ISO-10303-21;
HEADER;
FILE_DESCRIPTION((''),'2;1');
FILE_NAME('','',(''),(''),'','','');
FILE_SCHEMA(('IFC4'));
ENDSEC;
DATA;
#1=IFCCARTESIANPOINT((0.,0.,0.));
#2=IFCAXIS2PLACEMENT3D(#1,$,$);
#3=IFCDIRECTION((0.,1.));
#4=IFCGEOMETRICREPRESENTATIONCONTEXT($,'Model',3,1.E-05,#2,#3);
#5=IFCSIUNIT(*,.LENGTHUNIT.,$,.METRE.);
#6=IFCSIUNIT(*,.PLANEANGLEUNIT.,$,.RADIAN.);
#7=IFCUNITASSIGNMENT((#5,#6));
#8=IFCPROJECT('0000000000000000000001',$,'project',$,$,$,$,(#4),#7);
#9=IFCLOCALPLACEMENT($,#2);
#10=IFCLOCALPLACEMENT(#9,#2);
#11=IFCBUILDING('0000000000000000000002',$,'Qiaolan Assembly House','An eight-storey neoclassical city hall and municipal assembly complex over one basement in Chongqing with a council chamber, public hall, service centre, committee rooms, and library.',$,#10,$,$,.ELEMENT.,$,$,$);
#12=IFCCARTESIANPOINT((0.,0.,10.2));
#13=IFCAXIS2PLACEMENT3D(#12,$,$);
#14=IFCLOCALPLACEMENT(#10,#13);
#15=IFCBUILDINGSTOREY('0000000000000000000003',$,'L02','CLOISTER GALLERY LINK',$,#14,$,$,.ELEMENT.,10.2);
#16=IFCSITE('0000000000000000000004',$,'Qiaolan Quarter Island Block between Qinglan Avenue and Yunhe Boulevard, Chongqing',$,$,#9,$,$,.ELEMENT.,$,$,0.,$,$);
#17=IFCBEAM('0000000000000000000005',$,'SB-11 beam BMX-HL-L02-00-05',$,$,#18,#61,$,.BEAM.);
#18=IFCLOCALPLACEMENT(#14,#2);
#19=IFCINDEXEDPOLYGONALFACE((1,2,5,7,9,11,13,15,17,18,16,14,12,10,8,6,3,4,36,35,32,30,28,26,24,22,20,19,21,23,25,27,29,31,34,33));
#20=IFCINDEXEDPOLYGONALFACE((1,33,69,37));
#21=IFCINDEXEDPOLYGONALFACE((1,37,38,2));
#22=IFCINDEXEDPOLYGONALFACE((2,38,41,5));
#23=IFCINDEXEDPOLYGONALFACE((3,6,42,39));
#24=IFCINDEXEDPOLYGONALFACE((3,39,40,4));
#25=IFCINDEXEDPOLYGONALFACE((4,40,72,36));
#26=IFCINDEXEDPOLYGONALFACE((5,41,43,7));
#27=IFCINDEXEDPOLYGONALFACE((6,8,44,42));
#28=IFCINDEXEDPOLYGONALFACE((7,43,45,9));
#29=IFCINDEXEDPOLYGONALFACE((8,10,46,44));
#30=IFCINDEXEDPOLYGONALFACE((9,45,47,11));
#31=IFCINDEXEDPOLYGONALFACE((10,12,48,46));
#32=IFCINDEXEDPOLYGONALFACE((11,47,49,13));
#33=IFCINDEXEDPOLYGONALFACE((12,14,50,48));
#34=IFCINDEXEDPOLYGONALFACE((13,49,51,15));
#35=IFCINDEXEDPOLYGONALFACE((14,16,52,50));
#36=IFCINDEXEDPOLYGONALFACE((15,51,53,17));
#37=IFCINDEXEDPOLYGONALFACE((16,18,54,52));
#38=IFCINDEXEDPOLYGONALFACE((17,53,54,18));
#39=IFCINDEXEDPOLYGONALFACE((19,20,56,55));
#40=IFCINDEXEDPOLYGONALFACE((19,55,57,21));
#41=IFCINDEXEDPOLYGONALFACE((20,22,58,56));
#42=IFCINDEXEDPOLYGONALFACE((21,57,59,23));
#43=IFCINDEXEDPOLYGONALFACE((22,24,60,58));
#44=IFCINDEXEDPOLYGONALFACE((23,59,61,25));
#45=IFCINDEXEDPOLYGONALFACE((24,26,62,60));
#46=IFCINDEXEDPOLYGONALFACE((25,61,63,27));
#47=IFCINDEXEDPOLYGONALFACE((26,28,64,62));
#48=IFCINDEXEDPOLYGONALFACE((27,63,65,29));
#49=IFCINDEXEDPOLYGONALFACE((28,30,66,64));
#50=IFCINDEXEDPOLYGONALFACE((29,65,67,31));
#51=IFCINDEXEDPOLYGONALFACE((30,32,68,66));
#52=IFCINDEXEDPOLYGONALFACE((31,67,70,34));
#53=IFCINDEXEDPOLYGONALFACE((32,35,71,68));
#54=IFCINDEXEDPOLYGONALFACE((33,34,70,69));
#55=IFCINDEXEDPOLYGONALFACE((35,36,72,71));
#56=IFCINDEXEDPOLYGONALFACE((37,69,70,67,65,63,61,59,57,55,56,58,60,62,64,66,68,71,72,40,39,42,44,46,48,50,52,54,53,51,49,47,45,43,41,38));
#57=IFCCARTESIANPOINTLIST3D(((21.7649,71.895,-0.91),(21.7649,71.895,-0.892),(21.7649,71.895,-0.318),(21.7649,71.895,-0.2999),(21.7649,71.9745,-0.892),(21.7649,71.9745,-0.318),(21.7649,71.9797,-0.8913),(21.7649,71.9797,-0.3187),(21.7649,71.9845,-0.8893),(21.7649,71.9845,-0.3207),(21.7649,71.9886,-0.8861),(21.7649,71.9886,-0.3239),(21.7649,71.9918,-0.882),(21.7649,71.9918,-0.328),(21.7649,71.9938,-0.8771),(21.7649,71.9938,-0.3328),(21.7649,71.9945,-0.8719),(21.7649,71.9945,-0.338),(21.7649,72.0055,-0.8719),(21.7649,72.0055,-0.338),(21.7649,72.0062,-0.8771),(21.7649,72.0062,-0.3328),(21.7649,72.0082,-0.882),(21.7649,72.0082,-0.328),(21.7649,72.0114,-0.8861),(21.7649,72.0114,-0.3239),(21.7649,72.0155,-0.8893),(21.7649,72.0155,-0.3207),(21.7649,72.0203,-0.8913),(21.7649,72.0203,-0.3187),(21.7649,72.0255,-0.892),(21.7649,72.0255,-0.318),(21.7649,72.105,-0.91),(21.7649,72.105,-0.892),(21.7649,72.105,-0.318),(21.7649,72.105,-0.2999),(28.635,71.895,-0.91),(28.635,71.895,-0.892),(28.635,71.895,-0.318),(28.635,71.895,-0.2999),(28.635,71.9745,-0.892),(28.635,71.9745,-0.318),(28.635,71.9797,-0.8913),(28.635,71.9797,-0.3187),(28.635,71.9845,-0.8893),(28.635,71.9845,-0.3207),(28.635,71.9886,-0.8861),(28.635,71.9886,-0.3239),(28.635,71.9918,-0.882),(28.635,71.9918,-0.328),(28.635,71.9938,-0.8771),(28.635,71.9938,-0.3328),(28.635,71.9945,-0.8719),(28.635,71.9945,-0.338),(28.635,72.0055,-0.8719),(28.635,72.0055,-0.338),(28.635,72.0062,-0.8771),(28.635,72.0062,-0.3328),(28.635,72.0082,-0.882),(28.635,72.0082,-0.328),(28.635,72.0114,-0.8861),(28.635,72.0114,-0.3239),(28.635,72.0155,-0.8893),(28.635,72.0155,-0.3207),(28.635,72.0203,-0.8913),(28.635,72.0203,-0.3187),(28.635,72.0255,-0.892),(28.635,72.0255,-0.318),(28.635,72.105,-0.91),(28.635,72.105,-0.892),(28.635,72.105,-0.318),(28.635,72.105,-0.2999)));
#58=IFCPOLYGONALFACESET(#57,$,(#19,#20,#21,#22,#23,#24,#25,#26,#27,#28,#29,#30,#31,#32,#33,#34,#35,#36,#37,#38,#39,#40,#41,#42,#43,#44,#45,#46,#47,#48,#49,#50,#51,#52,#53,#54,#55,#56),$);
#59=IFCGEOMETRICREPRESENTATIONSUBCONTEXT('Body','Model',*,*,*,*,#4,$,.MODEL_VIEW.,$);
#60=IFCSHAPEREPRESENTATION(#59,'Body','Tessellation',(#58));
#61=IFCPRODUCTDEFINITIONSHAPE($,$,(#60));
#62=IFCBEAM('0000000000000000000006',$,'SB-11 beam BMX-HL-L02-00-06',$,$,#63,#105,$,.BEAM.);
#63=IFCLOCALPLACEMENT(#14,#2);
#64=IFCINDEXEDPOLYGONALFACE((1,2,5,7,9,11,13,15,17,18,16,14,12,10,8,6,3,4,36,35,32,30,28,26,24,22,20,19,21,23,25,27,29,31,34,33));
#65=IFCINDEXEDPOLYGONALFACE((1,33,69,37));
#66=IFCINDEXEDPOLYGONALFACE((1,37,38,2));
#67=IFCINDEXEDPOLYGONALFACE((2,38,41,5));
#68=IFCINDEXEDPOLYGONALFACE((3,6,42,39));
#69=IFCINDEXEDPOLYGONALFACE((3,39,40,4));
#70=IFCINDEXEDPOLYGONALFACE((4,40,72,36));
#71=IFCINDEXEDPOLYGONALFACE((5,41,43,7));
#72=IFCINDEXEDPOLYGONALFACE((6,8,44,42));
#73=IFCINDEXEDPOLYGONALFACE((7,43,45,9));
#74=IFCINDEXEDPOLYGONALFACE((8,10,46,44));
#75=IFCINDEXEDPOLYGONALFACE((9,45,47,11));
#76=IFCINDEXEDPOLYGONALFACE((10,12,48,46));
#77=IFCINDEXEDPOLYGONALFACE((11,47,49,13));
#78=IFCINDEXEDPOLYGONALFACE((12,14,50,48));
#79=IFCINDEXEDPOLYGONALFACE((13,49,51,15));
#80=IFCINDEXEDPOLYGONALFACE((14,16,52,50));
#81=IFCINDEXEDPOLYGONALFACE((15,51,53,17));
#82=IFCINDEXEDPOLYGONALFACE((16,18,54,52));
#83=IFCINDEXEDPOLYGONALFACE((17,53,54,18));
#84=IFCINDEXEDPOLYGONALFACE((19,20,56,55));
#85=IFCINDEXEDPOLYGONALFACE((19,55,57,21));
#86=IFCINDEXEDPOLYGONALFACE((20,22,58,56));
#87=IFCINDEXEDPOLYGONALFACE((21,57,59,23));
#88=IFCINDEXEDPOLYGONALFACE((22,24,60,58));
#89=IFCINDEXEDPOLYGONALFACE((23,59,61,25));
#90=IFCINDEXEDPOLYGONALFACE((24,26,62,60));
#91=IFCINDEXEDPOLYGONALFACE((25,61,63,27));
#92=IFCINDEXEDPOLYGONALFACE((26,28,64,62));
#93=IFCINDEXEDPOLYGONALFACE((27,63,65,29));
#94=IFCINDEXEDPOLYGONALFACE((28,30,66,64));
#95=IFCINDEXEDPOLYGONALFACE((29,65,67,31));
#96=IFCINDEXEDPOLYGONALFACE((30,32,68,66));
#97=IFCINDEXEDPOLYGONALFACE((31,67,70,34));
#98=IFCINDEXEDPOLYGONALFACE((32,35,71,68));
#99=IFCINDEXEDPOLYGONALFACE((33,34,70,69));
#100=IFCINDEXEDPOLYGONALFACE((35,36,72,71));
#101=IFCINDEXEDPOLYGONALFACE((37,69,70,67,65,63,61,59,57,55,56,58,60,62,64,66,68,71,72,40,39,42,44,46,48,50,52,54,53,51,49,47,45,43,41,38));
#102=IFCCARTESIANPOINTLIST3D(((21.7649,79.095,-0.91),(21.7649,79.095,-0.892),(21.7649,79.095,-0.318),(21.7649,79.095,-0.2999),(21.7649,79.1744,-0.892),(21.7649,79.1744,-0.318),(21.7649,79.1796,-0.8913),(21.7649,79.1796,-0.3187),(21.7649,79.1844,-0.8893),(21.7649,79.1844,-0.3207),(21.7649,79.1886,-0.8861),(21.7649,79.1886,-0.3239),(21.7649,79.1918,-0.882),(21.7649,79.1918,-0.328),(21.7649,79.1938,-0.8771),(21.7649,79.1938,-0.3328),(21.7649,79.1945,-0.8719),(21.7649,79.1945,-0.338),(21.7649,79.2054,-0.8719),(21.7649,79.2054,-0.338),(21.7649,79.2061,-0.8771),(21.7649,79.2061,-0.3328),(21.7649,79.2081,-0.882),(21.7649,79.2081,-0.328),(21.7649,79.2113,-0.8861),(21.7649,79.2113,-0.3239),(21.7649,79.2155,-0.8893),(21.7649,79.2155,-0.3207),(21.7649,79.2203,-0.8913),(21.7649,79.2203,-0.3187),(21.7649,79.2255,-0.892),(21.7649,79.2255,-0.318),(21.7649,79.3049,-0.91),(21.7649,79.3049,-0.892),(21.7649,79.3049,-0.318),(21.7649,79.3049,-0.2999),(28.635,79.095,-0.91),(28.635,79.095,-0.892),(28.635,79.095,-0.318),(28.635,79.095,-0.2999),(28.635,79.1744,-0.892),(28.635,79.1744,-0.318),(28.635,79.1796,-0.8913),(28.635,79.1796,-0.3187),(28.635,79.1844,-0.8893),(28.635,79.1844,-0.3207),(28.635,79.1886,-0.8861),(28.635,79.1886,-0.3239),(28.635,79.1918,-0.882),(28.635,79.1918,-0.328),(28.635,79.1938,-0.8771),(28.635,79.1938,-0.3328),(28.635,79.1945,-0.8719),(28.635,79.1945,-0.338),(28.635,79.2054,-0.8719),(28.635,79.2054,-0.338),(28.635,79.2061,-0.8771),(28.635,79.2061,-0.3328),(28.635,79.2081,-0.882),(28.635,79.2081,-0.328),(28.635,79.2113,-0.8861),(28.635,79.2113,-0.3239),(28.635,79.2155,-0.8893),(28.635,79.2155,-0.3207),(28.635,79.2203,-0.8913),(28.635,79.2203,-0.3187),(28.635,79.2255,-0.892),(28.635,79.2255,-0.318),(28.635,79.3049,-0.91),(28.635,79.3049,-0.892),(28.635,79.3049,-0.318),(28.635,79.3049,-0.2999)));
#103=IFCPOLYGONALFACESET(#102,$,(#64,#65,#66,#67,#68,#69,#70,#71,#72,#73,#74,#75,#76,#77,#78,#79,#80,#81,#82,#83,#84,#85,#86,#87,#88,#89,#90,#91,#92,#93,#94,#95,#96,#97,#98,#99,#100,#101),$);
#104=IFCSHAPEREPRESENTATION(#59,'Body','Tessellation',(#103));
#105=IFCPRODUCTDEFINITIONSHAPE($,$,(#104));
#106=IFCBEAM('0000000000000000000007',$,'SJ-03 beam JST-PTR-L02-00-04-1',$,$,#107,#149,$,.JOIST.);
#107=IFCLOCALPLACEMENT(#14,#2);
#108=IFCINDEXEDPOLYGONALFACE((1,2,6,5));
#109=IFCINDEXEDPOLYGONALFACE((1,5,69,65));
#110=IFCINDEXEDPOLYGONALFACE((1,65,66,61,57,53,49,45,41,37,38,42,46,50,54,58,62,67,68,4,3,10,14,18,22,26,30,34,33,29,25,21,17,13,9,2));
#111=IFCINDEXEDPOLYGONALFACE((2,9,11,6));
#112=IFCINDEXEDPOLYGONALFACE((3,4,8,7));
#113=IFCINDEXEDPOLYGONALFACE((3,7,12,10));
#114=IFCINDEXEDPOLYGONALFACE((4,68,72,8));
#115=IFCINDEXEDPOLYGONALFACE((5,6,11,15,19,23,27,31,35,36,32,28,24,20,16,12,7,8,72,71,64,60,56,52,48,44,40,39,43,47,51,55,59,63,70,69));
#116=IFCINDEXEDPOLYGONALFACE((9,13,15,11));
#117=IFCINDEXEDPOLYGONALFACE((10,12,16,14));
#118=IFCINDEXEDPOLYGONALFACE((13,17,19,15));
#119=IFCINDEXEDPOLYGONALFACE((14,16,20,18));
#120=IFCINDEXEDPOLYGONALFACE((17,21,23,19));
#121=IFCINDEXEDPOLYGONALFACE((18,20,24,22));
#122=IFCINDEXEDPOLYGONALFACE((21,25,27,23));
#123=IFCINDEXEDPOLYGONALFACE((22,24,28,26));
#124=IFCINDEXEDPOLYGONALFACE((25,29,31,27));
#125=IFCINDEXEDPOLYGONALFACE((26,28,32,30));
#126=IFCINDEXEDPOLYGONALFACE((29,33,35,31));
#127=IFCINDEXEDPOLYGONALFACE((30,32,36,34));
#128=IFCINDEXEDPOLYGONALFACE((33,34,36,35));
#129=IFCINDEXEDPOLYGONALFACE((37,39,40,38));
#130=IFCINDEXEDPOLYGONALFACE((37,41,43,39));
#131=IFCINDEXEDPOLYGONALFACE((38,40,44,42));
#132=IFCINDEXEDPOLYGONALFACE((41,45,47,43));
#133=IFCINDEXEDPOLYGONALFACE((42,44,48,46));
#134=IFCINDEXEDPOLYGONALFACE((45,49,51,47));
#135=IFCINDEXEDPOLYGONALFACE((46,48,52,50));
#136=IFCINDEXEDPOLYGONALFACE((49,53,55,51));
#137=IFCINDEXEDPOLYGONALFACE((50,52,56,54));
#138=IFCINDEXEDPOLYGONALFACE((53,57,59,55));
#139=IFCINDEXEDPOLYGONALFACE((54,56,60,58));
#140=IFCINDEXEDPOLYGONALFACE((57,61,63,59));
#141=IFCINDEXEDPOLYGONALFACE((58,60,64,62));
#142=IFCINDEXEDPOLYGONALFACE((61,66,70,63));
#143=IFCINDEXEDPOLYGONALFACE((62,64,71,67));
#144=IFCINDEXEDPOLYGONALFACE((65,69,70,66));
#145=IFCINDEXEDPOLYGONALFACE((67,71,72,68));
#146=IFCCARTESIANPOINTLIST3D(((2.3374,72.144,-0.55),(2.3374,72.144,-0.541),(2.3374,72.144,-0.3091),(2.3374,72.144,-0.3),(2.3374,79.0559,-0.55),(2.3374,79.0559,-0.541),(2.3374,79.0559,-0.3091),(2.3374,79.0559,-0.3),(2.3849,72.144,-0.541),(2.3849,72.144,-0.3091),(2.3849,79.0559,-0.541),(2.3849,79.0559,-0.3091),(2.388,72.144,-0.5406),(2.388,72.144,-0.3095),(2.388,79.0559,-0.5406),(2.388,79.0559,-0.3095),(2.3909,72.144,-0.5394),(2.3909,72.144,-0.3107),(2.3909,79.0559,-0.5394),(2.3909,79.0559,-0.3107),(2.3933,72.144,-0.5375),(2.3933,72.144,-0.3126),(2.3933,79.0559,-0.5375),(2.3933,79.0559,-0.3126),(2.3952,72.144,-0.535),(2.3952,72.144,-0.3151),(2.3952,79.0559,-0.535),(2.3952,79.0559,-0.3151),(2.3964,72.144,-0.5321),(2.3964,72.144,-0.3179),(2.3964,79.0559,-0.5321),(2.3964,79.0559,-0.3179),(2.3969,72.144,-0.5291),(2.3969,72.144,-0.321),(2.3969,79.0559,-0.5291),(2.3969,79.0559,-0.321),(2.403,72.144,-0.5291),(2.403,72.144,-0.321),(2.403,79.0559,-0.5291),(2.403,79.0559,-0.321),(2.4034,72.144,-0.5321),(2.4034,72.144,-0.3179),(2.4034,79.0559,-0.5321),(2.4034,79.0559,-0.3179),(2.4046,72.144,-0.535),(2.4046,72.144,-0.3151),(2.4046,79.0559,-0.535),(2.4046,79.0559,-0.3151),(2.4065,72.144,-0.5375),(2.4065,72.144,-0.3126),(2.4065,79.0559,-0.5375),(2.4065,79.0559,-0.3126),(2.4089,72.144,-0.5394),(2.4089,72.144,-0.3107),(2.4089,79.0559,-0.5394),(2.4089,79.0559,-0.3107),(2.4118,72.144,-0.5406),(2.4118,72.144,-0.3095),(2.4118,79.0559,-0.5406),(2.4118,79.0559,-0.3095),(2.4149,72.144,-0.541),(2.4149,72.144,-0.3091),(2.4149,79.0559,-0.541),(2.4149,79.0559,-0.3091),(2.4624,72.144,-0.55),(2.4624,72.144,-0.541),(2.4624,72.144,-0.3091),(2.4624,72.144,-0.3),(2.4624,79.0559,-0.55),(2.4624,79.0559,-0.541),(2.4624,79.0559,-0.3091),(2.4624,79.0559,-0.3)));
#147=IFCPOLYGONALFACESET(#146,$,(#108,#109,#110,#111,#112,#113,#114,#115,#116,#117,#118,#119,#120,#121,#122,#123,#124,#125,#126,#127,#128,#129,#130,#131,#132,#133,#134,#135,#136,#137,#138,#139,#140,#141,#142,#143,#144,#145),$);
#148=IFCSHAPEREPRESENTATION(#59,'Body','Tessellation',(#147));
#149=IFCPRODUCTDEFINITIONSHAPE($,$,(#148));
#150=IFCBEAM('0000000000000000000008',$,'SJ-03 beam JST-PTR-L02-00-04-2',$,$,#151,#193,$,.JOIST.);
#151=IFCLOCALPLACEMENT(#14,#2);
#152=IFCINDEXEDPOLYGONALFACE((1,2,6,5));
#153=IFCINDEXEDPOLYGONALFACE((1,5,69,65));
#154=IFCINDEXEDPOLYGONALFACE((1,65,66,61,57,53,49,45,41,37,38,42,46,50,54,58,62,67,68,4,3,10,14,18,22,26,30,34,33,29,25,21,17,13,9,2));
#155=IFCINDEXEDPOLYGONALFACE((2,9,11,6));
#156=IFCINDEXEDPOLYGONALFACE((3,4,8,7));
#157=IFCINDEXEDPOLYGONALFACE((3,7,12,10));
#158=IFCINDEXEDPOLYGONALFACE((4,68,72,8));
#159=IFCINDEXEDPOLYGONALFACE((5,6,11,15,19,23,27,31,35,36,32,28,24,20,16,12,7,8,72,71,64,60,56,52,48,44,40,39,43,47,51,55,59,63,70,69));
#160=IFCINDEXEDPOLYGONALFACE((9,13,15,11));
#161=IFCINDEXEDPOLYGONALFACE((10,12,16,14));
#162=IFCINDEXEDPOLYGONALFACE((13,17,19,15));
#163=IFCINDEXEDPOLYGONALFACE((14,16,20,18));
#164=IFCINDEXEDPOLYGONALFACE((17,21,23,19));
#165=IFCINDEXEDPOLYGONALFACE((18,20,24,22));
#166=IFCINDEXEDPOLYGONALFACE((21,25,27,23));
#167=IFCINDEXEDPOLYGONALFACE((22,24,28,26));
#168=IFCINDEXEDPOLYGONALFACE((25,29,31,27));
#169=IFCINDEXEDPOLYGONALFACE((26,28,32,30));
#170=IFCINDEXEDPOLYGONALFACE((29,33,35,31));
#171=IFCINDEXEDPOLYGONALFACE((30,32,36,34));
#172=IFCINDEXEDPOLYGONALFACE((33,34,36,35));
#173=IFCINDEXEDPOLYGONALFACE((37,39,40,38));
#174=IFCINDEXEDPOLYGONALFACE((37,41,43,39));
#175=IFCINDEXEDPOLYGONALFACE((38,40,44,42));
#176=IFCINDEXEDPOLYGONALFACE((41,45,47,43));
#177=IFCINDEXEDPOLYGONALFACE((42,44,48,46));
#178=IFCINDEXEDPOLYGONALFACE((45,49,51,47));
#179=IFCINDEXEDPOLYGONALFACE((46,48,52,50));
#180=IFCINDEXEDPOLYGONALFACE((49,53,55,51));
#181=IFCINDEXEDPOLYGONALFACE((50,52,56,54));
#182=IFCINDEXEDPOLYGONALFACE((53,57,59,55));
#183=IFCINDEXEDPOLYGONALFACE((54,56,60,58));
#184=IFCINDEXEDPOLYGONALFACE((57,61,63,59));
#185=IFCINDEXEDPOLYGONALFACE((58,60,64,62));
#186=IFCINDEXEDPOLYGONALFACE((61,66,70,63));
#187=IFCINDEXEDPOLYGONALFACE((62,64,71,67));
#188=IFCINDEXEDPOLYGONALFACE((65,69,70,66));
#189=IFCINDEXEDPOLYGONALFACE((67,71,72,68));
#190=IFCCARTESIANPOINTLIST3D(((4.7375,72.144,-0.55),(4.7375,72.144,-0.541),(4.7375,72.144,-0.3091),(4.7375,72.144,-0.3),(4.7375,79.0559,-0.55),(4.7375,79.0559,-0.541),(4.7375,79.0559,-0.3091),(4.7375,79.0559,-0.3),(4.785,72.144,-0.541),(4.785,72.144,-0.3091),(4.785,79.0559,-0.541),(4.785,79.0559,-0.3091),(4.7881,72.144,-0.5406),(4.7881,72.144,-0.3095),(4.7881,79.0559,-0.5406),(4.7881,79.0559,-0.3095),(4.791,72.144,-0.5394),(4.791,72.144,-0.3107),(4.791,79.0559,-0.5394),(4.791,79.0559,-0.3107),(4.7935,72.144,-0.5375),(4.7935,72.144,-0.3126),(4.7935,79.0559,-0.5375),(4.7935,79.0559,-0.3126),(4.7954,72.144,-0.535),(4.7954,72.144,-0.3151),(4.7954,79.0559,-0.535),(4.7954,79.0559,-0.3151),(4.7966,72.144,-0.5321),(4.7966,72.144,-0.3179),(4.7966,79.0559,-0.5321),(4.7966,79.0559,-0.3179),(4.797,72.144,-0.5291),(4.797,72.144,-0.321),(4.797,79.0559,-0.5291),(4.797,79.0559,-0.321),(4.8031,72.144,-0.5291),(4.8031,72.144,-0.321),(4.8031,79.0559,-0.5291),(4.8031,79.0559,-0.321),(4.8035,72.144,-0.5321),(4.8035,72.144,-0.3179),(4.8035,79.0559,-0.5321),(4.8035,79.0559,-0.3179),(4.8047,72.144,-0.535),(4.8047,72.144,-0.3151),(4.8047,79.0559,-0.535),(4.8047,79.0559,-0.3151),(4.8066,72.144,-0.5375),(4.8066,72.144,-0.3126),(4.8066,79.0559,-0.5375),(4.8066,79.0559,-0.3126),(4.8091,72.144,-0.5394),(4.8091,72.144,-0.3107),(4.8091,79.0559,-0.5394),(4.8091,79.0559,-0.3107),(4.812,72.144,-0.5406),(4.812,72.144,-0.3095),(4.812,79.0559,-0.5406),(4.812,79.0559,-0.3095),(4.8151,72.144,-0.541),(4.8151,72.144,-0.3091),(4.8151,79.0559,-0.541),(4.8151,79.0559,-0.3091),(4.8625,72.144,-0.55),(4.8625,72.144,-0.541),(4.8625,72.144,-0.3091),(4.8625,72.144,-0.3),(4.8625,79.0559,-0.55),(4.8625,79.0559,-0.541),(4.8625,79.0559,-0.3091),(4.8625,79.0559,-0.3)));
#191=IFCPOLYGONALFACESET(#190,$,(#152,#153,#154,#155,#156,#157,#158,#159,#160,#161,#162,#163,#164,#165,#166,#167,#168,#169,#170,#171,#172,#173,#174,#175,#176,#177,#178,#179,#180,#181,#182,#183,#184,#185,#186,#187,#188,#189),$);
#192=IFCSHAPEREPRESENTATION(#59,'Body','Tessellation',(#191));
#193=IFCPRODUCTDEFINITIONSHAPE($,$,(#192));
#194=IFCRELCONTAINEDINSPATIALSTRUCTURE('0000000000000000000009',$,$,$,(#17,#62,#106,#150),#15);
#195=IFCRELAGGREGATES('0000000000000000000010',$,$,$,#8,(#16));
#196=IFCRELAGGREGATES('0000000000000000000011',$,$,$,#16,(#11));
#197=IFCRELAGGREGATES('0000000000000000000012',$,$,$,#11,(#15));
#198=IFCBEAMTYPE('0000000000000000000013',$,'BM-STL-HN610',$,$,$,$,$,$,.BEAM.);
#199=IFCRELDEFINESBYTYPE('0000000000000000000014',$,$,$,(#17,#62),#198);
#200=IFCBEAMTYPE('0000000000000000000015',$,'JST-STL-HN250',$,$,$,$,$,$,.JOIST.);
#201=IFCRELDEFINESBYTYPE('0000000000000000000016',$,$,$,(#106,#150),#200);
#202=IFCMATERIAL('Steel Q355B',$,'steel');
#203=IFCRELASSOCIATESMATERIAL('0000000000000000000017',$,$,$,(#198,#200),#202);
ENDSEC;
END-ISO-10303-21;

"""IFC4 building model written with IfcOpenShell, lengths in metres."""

from ifc_helpers import new_model, si_unit, direction, frame, origin, origin_2d, place, context, subcontext, project, spatial, i_section, extrude, material, material_profile, profile_set, type_object, element, save


model = new_model("IFC4")

# Units and contexts
model_context = context("Model", 3, precision=1e-05, world=origin(), true_north=direction((0.0, 1.0)))
body_context = subcontext(model_context, "Body", "Model", "MODEL_VIEW")
ifc_project = project(units=[si_unit("LENGTHUNIT", "METRE"), si_unit("PLANEANGLEUNIT", "RADIAN")], contexts=[model_context])

# Site, building, storey
site_placement = place(None, origin())
site = spatial("IfcSite", under=ifc_project, at=site_placement, Name="Qiaolan Quarter Island Block between Qinglan Avenue and Yunhe Boulevard, Chongqing", CompositionType="ELEMENT", RefElevation=0.0)
building_placement = place(site_placement, origin())
building = spatial("IfcBuilding", under=site, at=building_placement, Name="Qiaolan Assembly House", Description="An eight-storey neoclassical city hall and municipal assembly complex over one basement in Chongqing with a council chamber, public hall, service centre, committee rooms, and library.", CompositionType="ELEMENT")
storey_placement = place(building_placement, frame((0.0, 0.0, 10.2)))
storey = spatial("IfcBuildingStorey", under=building, at=storey_placement, Name="L02", Description="CLOISTER GALLERY LINK", CompositionType="ELEMENT", Elevation=10.2)

# Shared definitions
ifc_material_1 = material(Name="Steel Q355B", Category="steel")

# Beams
ifc_material_profile_1 = material_profile(ifc_material_1, i_section(OverallWidth=0.21, OverallDepth=0.6101, WebThickness=0.011, FlangeThickness=0.0181, FilletRadius=0.02, at=origin_2d()), Name="HN 610x210x11x18")
ifc_profile_set_1 = profile_set([ifc_material_profile_1], Name="Steel Q355B")
beam_type_1 = type_object("IfcBeamType", Name="BM-STL-HN610", PredefinedType="BEAM", material=ifc_profile_set_1)
for number, where, z_axis, x_axis, name in (
    (1, (21.7649, 72.0, -0.605), (1.0, 0.0, 0.0), (0.0, 1.0, 0.0), "SB-11 beam BMX-HL-L02-00-05"),
    (2, (21.7649, 79.2, -0.605), (1.0, 0.0, 0.0), (0.0, 1.0, 0.0), "SB-11 beam BMX-HL-L02-00-06"),
):
    element("IfcBeam", number, at=place(storey_placement, frame(where, z_axis=z_axis, x_axis=x_axis)), inside=storey, type_object=beam_type_1, Name=name, PredefinedType="BEAM", context=body_context, shape_type="SweptSolid", body=[
        extrude(i_section(OverallWidth=0.21, OverallDepth=0.6101, WebThickness=0.011, FlangeThickness=0.0181, FilletRadius=0.02, at=origin_2d()), origin(), (0.0, 0.0, 1.0), 6.8701),
    ])
ifc_material_profile_2 = material_profile(ifc_material_1, i_section(OverallWidth=0.125, OverallDepth=0.25, WebThickness=0.0061, FlangeThickness=0.009, FilletRadius=0.012, at=origin_2d()), Name="HN 250x125x6x9")
ifc_profile_set_2 = profile_set([ifc_material_profile_2], Name="Steel Q355B")
beam_type_2 = type_object("IfcBeamType", Name="JST-STL-HN250", PredefinedType="JOIST", material=ifc_profile_set_2)
for number, where, z_axis, x_axis, name in (
    (3, (2.3999, 72.144, -0.425), (0.0, 1.0, 0.0), (-1.0, 0.0, 0.0), "SJ-03 beam JST-PTR-L02-00-04-1"),
    (4, (4.8, 72.144, -0.425), (0.0, 1.0, 0.0), (-1.0, 0.0, 0.0), "SJ-03 beam JST-PTR-L02-00-04-2"),
):
    element("IfcBeam", number, at=place(storey_placement, frame(where, z_axis=z_axis, x_axis=x_axis)), inside=storey, type_object=beam_type_2, Name=name, PredefinedType="JOIST", context=body_context, shape_type="SweptSolid", body=[
        extrude(i_section(OverallWidth=0.125, OverallDepth=0.25, WebThickness=0.0061, FlangeThickness=0.009, FilletRadius=0.012, at=origin_2d()), origin(), (0.0, 0.0, 1.0), 6.9119),
    ])

save(model, "model.ifc")
